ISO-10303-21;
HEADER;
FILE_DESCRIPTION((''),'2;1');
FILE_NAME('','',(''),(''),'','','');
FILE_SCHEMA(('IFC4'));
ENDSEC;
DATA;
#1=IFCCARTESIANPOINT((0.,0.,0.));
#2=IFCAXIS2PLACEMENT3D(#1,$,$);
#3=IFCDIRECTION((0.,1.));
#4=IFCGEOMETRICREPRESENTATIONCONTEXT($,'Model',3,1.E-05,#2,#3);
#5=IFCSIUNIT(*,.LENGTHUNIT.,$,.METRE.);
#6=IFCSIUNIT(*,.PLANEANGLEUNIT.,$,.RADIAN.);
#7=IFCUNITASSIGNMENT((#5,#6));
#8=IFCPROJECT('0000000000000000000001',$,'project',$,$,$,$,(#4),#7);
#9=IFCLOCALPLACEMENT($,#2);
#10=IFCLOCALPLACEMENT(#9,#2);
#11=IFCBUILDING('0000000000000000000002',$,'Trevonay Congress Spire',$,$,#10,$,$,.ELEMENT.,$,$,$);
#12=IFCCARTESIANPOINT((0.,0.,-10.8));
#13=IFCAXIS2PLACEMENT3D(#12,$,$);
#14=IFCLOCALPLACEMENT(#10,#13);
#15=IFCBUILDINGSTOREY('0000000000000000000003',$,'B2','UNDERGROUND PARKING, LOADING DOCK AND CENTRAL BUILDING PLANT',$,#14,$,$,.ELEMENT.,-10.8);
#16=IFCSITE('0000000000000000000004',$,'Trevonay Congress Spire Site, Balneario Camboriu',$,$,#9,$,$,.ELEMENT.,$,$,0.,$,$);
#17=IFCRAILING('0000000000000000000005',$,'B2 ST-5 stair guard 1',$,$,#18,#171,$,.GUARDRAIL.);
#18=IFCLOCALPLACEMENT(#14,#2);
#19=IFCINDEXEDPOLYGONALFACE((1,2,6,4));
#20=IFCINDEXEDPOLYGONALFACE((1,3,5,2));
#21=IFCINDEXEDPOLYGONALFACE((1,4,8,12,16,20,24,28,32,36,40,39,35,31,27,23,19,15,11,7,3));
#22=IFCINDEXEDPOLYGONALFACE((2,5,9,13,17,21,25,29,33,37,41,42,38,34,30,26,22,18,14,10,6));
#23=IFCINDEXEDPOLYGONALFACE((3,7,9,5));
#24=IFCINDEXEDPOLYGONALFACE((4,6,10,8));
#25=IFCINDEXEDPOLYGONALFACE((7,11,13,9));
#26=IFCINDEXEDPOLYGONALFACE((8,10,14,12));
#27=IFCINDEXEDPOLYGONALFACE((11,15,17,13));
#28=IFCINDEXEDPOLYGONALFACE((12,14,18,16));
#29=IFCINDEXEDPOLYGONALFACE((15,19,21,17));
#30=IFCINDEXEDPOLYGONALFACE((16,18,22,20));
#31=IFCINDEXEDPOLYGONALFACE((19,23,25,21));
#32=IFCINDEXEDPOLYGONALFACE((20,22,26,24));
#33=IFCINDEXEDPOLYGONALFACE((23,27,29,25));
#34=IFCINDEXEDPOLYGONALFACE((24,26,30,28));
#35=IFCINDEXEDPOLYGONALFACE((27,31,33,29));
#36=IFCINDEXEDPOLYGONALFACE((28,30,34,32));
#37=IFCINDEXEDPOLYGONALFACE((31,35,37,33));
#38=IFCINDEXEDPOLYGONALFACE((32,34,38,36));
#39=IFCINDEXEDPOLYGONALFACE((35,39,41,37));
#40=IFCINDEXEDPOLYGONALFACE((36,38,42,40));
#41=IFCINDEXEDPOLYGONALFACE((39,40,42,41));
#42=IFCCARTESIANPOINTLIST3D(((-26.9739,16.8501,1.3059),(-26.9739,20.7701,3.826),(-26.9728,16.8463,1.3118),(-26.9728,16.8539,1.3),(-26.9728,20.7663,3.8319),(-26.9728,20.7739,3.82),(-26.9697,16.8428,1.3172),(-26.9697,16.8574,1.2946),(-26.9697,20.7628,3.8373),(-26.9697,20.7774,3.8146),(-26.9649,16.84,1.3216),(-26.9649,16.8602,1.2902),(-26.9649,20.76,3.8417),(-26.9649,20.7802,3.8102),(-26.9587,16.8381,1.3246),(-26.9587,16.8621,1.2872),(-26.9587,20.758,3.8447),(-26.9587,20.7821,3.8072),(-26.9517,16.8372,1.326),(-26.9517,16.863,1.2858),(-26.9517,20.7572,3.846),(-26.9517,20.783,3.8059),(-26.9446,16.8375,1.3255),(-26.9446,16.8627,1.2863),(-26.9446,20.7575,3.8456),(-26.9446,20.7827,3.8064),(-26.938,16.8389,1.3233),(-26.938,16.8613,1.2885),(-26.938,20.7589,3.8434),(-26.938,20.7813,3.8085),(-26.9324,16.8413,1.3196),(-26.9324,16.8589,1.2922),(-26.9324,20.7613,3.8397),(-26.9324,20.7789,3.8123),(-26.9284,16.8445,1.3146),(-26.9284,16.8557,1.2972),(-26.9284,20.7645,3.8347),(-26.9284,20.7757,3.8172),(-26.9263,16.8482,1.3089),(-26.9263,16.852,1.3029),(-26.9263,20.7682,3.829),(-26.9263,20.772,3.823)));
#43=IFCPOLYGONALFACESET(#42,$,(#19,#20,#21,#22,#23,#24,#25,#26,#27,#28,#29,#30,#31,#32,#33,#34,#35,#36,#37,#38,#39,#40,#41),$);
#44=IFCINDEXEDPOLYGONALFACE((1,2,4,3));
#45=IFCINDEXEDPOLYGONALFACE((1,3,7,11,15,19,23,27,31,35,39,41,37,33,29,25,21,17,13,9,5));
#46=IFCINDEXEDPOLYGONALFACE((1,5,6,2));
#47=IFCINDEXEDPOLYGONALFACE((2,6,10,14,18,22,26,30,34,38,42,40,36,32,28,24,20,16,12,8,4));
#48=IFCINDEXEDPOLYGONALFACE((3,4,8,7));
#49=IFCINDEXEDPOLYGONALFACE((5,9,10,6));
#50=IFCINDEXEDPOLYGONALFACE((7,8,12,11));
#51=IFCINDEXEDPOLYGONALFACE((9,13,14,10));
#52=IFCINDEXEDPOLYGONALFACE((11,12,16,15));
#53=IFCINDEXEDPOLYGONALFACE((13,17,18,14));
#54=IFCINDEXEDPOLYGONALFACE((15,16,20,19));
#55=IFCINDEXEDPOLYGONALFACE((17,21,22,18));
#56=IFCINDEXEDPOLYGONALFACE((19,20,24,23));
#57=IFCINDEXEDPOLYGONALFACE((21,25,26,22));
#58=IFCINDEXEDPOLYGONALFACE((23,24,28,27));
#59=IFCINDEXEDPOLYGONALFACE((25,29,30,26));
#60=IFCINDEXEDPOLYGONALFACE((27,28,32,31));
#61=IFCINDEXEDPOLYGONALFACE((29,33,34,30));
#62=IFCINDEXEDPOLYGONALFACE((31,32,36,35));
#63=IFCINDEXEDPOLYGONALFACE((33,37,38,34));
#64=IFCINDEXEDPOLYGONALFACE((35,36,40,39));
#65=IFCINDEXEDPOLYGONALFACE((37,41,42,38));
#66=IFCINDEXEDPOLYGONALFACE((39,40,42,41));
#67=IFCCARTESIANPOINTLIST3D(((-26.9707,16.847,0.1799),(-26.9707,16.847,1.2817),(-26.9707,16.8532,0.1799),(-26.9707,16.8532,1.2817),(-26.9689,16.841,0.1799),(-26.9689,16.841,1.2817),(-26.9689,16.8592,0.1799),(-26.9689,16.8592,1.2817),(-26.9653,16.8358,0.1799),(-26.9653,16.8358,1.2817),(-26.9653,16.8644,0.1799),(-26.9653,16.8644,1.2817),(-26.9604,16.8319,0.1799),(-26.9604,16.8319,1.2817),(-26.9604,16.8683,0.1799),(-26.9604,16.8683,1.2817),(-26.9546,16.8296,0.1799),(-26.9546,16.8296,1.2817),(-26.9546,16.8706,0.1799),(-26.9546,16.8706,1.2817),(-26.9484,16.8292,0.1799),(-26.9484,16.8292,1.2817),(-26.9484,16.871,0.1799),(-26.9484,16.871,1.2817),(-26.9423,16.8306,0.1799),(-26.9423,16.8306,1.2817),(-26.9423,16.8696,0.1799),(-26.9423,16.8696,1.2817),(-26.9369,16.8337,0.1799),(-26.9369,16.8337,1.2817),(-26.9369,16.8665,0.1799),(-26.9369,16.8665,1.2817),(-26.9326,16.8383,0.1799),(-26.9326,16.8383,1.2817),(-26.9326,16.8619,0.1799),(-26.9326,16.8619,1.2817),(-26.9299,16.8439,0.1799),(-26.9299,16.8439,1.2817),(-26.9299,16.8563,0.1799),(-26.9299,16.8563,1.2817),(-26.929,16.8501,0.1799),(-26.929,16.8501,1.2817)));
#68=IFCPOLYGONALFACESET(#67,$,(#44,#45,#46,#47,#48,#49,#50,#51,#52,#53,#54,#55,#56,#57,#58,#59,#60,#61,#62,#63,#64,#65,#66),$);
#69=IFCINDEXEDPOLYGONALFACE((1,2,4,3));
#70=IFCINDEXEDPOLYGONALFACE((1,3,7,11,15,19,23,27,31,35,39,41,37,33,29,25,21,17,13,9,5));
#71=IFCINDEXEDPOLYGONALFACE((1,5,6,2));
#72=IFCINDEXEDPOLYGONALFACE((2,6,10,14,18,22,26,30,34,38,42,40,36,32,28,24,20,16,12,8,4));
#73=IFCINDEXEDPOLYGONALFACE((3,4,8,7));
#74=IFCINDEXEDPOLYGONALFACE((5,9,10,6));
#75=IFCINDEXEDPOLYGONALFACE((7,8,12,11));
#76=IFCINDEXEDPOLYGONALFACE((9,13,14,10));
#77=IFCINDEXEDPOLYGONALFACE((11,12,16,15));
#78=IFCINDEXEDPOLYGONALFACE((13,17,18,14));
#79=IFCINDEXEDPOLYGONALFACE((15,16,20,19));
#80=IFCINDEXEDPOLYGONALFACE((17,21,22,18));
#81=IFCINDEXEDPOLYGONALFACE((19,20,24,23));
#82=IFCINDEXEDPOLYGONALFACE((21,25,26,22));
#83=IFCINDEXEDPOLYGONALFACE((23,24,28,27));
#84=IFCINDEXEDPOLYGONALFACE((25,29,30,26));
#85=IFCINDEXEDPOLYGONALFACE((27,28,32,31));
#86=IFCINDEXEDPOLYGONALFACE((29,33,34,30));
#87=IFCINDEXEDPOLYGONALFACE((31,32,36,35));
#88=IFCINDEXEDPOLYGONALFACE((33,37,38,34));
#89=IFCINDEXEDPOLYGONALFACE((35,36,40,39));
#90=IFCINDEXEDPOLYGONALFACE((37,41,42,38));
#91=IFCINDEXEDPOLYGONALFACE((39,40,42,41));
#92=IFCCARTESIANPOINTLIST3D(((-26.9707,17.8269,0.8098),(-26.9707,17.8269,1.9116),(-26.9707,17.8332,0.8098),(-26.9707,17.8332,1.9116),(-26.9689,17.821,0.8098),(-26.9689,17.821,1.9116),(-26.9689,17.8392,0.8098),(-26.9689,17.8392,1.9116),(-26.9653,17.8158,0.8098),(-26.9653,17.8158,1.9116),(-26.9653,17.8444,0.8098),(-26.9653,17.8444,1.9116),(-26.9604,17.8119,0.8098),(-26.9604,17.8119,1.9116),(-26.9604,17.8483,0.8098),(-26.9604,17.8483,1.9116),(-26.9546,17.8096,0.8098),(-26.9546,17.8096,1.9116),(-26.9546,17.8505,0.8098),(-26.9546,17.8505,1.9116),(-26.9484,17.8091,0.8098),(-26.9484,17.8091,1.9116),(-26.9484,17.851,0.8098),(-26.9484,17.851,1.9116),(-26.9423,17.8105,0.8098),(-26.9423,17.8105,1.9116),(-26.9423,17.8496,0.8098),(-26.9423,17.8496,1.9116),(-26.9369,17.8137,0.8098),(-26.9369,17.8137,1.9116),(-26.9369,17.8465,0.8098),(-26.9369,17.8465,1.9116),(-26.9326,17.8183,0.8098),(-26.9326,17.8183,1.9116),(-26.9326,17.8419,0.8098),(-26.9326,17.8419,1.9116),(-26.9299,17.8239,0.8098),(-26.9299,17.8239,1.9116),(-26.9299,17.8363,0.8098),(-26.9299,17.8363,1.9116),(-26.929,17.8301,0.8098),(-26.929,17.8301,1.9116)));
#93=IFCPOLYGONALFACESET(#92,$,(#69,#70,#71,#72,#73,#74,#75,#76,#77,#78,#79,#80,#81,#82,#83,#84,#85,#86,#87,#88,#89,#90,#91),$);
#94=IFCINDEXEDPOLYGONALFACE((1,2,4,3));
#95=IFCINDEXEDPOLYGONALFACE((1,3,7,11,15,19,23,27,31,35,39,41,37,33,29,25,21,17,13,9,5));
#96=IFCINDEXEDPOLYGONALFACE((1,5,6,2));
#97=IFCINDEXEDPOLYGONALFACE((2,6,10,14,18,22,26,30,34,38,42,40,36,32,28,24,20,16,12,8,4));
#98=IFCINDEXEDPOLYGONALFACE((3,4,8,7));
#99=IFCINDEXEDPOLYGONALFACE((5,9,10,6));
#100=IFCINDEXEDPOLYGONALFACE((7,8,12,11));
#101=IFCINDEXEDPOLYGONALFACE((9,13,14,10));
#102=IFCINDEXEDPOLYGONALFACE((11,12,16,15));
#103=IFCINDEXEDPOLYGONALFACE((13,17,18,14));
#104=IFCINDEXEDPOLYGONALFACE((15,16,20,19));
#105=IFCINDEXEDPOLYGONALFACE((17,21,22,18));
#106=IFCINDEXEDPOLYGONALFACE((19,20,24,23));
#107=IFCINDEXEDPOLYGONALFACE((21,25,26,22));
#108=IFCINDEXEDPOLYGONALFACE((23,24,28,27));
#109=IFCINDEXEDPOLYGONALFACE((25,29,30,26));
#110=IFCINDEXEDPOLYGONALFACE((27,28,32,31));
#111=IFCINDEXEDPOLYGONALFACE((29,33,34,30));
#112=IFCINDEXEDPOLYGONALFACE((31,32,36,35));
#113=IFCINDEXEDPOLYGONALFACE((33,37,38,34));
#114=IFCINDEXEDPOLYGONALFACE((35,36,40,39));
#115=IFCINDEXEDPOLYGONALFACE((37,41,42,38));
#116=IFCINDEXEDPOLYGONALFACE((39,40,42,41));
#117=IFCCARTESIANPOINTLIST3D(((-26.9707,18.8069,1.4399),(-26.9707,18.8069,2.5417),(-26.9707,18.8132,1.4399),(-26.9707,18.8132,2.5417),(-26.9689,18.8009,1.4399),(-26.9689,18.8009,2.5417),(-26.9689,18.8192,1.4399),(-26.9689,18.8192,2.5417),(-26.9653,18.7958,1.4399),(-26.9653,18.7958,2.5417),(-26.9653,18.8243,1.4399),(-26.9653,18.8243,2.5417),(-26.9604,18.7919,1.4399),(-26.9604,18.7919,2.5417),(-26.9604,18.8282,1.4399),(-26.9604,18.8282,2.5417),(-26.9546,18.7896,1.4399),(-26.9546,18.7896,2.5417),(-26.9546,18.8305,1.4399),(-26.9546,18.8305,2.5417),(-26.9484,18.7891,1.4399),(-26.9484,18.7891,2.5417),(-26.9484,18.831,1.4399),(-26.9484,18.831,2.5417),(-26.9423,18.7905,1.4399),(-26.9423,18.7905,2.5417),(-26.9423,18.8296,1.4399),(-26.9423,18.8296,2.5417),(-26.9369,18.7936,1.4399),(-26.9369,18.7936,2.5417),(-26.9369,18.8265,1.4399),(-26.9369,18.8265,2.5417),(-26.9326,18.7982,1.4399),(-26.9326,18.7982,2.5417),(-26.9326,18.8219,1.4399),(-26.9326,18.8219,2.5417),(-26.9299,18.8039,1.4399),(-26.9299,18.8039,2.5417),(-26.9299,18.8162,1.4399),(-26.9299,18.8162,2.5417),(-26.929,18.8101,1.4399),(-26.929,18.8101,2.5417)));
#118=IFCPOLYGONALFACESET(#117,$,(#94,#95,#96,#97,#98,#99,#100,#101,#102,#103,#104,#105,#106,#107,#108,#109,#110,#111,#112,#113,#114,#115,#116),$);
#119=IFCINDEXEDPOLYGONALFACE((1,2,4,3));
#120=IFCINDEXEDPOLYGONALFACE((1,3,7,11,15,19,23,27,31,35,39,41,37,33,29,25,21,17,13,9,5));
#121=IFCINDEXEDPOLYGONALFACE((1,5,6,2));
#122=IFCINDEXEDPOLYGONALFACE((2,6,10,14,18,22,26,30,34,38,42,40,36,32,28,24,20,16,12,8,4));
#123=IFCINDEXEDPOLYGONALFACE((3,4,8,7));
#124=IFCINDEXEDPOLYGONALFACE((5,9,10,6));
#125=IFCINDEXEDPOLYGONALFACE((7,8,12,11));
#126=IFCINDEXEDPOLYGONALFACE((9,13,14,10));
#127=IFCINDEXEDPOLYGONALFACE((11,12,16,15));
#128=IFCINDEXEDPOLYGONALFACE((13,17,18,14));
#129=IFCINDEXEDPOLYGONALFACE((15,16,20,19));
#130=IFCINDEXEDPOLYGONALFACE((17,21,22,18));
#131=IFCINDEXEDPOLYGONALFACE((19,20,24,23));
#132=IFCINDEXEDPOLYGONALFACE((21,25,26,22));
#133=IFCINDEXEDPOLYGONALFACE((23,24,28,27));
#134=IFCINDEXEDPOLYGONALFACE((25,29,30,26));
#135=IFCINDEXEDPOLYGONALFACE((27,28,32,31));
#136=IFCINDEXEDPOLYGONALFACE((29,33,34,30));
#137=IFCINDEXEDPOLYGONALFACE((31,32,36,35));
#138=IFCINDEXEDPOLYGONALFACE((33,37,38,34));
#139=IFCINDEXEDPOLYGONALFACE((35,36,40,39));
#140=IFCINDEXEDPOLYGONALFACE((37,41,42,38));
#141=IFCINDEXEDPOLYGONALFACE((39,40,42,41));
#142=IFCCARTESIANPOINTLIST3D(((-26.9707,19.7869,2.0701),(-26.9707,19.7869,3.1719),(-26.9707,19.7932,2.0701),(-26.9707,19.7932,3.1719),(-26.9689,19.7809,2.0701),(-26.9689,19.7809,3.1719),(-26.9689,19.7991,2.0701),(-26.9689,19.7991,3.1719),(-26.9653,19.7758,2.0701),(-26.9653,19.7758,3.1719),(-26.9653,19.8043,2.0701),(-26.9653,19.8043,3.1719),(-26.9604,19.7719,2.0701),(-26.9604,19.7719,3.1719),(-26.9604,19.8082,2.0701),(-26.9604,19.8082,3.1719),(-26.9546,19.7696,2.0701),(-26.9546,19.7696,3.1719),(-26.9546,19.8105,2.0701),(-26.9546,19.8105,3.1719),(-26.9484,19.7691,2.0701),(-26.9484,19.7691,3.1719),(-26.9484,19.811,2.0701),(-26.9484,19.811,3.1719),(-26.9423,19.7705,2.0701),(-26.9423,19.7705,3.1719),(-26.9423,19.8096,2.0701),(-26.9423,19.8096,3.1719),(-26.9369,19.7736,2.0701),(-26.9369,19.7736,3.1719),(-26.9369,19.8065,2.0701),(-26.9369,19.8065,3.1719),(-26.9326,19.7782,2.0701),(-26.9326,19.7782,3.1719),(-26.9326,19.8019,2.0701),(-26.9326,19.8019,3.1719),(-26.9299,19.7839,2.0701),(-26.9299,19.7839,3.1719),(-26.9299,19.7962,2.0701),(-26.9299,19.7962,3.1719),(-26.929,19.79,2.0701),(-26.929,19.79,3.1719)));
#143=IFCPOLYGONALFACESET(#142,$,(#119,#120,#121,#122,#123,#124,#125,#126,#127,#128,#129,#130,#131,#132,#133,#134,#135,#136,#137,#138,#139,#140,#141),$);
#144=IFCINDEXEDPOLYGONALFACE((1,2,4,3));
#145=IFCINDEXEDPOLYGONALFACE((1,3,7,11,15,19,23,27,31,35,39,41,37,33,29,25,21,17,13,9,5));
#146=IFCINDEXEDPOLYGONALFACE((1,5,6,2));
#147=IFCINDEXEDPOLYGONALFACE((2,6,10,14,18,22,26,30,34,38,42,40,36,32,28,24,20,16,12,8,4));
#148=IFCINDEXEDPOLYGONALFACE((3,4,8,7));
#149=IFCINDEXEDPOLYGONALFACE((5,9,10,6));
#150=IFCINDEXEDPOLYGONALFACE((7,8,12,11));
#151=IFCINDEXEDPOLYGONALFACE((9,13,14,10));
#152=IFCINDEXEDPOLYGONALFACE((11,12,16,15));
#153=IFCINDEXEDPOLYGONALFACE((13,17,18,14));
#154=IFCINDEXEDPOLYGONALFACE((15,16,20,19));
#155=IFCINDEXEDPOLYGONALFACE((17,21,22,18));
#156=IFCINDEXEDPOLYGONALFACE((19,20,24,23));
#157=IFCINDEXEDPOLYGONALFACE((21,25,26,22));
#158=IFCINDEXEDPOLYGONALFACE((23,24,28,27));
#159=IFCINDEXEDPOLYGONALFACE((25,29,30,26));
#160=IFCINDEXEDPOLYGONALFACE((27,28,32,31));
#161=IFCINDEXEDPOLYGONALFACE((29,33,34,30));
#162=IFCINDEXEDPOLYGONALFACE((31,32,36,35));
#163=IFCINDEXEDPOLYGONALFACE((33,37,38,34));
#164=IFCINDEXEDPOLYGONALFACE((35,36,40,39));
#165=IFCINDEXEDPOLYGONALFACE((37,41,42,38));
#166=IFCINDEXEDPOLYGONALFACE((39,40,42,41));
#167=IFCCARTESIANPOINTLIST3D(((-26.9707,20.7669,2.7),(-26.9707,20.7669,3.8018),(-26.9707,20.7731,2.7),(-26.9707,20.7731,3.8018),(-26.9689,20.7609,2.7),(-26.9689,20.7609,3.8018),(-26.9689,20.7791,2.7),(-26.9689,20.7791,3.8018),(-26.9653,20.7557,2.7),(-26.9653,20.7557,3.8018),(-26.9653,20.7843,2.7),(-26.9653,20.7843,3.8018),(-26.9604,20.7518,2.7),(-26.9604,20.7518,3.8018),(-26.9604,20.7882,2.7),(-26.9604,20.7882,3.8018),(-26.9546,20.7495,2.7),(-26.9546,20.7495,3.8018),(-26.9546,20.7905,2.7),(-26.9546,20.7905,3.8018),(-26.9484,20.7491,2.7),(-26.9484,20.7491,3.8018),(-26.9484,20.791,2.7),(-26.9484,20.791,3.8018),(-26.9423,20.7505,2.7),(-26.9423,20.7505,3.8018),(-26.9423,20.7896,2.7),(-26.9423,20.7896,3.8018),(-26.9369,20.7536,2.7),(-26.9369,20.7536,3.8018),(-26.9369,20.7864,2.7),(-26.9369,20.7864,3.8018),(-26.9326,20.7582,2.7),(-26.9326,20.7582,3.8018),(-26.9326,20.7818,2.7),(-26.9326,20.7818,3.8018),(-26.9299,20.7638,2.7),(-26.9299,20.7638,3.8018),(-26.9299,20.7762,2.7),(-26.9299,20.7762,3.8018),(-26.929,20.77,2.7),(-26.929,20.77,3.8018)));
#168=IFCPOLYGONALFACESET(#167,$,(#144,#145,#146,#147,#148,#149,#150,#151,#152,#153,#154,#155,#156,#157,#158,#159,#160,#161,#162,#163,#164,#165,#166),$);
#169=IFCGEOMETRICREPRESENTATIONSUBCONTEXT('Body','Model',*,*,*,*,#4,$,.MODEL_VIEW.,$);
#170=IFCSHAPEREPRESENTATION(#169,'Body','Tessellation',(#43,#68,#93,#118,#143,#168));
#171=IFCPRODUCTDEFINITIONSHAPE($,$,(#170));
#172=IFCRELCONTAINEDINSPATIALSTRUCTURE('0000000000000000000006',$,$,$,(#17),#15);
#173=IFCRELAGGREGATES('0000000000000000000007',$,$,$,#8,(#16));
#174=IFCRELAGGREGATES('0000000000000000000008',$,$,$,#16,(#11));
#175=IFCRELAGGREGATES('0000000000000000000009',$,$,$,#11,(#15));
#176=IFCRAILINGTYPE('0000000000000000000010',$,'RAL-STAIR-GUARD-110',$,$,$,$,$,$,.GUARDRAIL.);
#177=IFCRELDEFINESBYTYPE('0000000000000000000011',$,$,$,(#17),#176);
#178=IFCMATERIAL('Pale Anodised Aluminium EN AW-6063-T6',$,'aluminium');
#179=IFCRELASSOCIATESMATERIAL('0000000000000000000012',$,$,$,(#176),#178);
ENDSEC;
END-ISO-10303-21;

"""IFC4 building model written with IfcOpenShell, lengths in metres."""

from ifc_helpers import new_model, si_unit, direction, frame, origin, origin_2d, place, context, subcontext, project, spatial, circle, extrude, material, type_object, element, save


model = new_model("IFC4")

# Units and contexts
model_context = context("Model", 3, precision=1e-05, world=origin(), true_north=direction((0.0, 1.0)))
body_context = subcontext(model_context, "Body", "Model", "MODEL_VIEW")
ifc_project = project(units=[si_unit("LENGTHUNIT", "METRE"), si_unit("PLANEANGLEUNIT", "RADIAN")], contexts=[model_context])

# Site, building, storey
site_placement = place(None, origin())
site = spatial("IfcSite", under=ifc_project, at=site_placement, Name="Trevonay Congress Spire Site, Balneario Camboriu", CompositionType="ELEMENT", RefElevation=0.0)
building_placement = place(site_placement, origin())
building = spatial("IfcBuilding", under=site, at=building_placement, Name="Trevonay Congress Spire", CompositionType="ELEMENT")
storey_placement = place(building_placement, frame((0.0, 0.0, -10.8)))
storey = spatial("IfcBuildingStorey", under=building, at=storey_placement, Name="B2", Description="UNDERGROUND PARKING, LOADING DOCK AND CENTRAL BUILDING PLANT", CompositionType="ELEMENT", Elevation=-10.8)

# Railing
ifc_material_1 = material(Name="Pale Anodised Aluminium EN AW-6063-T6", Category="aluminium")
railing_type_1 = type_object("IfcRailingType", Name="RAL-STAIR-GUARD-110", PredefinedType="GUARDRAIL", material=ifc_material_1)
railing_1_placement = place(storey_placement, frame((-26.95, 16.8501, 0.1799)))
element("IfcRailing", 1, at=railing_1_placement, inside=storey, type_object=railing_type_1, Name="B2 ST-5 stair guard 1", PredefinedType="GUARDRAIL", context=body_context, shape_type="SweptSolid", body=[
    extrude(circle(Radius=0.0239, at=origin_2d()), frame((0.0, 0.0, 1.126), z_axis=(0.0, 0.841172, 0.540768), x_axis=(-1.0, 0.0, 0.0)), (0.0, 0.0, 1.0), 4.6602),
    extrude(circle(Radius=0.021, at=origin_2d()), origin(), (0.0, 0.0, 1.0), 1.1018),
    extrude(circle(Radius=0.021, at=origin_2d()), frame((0.0, 0.98, 0.6299)), (0.0, 0.0, 1.0), 1.1018),
    extrude(circle(Radius=0.021, at=origin_2d()), frame((0.0, 1.96, 1.26)), (0.0, 0.0, 1.0), 1.1018),
    extrude(circle(Radius=0.021, at=origin_2d()), frame((0.0, 2.9399, 1.8901)), (0.0, 0.0, 1.0), 1.1018),
    extrude(circle(Radius=0.021, at=origin_2d()), frame((0.0, 3.9199, 2.52)), (0.0, 0.0, 1.0), 1.1018),
])

save(model, "model.ifc")
